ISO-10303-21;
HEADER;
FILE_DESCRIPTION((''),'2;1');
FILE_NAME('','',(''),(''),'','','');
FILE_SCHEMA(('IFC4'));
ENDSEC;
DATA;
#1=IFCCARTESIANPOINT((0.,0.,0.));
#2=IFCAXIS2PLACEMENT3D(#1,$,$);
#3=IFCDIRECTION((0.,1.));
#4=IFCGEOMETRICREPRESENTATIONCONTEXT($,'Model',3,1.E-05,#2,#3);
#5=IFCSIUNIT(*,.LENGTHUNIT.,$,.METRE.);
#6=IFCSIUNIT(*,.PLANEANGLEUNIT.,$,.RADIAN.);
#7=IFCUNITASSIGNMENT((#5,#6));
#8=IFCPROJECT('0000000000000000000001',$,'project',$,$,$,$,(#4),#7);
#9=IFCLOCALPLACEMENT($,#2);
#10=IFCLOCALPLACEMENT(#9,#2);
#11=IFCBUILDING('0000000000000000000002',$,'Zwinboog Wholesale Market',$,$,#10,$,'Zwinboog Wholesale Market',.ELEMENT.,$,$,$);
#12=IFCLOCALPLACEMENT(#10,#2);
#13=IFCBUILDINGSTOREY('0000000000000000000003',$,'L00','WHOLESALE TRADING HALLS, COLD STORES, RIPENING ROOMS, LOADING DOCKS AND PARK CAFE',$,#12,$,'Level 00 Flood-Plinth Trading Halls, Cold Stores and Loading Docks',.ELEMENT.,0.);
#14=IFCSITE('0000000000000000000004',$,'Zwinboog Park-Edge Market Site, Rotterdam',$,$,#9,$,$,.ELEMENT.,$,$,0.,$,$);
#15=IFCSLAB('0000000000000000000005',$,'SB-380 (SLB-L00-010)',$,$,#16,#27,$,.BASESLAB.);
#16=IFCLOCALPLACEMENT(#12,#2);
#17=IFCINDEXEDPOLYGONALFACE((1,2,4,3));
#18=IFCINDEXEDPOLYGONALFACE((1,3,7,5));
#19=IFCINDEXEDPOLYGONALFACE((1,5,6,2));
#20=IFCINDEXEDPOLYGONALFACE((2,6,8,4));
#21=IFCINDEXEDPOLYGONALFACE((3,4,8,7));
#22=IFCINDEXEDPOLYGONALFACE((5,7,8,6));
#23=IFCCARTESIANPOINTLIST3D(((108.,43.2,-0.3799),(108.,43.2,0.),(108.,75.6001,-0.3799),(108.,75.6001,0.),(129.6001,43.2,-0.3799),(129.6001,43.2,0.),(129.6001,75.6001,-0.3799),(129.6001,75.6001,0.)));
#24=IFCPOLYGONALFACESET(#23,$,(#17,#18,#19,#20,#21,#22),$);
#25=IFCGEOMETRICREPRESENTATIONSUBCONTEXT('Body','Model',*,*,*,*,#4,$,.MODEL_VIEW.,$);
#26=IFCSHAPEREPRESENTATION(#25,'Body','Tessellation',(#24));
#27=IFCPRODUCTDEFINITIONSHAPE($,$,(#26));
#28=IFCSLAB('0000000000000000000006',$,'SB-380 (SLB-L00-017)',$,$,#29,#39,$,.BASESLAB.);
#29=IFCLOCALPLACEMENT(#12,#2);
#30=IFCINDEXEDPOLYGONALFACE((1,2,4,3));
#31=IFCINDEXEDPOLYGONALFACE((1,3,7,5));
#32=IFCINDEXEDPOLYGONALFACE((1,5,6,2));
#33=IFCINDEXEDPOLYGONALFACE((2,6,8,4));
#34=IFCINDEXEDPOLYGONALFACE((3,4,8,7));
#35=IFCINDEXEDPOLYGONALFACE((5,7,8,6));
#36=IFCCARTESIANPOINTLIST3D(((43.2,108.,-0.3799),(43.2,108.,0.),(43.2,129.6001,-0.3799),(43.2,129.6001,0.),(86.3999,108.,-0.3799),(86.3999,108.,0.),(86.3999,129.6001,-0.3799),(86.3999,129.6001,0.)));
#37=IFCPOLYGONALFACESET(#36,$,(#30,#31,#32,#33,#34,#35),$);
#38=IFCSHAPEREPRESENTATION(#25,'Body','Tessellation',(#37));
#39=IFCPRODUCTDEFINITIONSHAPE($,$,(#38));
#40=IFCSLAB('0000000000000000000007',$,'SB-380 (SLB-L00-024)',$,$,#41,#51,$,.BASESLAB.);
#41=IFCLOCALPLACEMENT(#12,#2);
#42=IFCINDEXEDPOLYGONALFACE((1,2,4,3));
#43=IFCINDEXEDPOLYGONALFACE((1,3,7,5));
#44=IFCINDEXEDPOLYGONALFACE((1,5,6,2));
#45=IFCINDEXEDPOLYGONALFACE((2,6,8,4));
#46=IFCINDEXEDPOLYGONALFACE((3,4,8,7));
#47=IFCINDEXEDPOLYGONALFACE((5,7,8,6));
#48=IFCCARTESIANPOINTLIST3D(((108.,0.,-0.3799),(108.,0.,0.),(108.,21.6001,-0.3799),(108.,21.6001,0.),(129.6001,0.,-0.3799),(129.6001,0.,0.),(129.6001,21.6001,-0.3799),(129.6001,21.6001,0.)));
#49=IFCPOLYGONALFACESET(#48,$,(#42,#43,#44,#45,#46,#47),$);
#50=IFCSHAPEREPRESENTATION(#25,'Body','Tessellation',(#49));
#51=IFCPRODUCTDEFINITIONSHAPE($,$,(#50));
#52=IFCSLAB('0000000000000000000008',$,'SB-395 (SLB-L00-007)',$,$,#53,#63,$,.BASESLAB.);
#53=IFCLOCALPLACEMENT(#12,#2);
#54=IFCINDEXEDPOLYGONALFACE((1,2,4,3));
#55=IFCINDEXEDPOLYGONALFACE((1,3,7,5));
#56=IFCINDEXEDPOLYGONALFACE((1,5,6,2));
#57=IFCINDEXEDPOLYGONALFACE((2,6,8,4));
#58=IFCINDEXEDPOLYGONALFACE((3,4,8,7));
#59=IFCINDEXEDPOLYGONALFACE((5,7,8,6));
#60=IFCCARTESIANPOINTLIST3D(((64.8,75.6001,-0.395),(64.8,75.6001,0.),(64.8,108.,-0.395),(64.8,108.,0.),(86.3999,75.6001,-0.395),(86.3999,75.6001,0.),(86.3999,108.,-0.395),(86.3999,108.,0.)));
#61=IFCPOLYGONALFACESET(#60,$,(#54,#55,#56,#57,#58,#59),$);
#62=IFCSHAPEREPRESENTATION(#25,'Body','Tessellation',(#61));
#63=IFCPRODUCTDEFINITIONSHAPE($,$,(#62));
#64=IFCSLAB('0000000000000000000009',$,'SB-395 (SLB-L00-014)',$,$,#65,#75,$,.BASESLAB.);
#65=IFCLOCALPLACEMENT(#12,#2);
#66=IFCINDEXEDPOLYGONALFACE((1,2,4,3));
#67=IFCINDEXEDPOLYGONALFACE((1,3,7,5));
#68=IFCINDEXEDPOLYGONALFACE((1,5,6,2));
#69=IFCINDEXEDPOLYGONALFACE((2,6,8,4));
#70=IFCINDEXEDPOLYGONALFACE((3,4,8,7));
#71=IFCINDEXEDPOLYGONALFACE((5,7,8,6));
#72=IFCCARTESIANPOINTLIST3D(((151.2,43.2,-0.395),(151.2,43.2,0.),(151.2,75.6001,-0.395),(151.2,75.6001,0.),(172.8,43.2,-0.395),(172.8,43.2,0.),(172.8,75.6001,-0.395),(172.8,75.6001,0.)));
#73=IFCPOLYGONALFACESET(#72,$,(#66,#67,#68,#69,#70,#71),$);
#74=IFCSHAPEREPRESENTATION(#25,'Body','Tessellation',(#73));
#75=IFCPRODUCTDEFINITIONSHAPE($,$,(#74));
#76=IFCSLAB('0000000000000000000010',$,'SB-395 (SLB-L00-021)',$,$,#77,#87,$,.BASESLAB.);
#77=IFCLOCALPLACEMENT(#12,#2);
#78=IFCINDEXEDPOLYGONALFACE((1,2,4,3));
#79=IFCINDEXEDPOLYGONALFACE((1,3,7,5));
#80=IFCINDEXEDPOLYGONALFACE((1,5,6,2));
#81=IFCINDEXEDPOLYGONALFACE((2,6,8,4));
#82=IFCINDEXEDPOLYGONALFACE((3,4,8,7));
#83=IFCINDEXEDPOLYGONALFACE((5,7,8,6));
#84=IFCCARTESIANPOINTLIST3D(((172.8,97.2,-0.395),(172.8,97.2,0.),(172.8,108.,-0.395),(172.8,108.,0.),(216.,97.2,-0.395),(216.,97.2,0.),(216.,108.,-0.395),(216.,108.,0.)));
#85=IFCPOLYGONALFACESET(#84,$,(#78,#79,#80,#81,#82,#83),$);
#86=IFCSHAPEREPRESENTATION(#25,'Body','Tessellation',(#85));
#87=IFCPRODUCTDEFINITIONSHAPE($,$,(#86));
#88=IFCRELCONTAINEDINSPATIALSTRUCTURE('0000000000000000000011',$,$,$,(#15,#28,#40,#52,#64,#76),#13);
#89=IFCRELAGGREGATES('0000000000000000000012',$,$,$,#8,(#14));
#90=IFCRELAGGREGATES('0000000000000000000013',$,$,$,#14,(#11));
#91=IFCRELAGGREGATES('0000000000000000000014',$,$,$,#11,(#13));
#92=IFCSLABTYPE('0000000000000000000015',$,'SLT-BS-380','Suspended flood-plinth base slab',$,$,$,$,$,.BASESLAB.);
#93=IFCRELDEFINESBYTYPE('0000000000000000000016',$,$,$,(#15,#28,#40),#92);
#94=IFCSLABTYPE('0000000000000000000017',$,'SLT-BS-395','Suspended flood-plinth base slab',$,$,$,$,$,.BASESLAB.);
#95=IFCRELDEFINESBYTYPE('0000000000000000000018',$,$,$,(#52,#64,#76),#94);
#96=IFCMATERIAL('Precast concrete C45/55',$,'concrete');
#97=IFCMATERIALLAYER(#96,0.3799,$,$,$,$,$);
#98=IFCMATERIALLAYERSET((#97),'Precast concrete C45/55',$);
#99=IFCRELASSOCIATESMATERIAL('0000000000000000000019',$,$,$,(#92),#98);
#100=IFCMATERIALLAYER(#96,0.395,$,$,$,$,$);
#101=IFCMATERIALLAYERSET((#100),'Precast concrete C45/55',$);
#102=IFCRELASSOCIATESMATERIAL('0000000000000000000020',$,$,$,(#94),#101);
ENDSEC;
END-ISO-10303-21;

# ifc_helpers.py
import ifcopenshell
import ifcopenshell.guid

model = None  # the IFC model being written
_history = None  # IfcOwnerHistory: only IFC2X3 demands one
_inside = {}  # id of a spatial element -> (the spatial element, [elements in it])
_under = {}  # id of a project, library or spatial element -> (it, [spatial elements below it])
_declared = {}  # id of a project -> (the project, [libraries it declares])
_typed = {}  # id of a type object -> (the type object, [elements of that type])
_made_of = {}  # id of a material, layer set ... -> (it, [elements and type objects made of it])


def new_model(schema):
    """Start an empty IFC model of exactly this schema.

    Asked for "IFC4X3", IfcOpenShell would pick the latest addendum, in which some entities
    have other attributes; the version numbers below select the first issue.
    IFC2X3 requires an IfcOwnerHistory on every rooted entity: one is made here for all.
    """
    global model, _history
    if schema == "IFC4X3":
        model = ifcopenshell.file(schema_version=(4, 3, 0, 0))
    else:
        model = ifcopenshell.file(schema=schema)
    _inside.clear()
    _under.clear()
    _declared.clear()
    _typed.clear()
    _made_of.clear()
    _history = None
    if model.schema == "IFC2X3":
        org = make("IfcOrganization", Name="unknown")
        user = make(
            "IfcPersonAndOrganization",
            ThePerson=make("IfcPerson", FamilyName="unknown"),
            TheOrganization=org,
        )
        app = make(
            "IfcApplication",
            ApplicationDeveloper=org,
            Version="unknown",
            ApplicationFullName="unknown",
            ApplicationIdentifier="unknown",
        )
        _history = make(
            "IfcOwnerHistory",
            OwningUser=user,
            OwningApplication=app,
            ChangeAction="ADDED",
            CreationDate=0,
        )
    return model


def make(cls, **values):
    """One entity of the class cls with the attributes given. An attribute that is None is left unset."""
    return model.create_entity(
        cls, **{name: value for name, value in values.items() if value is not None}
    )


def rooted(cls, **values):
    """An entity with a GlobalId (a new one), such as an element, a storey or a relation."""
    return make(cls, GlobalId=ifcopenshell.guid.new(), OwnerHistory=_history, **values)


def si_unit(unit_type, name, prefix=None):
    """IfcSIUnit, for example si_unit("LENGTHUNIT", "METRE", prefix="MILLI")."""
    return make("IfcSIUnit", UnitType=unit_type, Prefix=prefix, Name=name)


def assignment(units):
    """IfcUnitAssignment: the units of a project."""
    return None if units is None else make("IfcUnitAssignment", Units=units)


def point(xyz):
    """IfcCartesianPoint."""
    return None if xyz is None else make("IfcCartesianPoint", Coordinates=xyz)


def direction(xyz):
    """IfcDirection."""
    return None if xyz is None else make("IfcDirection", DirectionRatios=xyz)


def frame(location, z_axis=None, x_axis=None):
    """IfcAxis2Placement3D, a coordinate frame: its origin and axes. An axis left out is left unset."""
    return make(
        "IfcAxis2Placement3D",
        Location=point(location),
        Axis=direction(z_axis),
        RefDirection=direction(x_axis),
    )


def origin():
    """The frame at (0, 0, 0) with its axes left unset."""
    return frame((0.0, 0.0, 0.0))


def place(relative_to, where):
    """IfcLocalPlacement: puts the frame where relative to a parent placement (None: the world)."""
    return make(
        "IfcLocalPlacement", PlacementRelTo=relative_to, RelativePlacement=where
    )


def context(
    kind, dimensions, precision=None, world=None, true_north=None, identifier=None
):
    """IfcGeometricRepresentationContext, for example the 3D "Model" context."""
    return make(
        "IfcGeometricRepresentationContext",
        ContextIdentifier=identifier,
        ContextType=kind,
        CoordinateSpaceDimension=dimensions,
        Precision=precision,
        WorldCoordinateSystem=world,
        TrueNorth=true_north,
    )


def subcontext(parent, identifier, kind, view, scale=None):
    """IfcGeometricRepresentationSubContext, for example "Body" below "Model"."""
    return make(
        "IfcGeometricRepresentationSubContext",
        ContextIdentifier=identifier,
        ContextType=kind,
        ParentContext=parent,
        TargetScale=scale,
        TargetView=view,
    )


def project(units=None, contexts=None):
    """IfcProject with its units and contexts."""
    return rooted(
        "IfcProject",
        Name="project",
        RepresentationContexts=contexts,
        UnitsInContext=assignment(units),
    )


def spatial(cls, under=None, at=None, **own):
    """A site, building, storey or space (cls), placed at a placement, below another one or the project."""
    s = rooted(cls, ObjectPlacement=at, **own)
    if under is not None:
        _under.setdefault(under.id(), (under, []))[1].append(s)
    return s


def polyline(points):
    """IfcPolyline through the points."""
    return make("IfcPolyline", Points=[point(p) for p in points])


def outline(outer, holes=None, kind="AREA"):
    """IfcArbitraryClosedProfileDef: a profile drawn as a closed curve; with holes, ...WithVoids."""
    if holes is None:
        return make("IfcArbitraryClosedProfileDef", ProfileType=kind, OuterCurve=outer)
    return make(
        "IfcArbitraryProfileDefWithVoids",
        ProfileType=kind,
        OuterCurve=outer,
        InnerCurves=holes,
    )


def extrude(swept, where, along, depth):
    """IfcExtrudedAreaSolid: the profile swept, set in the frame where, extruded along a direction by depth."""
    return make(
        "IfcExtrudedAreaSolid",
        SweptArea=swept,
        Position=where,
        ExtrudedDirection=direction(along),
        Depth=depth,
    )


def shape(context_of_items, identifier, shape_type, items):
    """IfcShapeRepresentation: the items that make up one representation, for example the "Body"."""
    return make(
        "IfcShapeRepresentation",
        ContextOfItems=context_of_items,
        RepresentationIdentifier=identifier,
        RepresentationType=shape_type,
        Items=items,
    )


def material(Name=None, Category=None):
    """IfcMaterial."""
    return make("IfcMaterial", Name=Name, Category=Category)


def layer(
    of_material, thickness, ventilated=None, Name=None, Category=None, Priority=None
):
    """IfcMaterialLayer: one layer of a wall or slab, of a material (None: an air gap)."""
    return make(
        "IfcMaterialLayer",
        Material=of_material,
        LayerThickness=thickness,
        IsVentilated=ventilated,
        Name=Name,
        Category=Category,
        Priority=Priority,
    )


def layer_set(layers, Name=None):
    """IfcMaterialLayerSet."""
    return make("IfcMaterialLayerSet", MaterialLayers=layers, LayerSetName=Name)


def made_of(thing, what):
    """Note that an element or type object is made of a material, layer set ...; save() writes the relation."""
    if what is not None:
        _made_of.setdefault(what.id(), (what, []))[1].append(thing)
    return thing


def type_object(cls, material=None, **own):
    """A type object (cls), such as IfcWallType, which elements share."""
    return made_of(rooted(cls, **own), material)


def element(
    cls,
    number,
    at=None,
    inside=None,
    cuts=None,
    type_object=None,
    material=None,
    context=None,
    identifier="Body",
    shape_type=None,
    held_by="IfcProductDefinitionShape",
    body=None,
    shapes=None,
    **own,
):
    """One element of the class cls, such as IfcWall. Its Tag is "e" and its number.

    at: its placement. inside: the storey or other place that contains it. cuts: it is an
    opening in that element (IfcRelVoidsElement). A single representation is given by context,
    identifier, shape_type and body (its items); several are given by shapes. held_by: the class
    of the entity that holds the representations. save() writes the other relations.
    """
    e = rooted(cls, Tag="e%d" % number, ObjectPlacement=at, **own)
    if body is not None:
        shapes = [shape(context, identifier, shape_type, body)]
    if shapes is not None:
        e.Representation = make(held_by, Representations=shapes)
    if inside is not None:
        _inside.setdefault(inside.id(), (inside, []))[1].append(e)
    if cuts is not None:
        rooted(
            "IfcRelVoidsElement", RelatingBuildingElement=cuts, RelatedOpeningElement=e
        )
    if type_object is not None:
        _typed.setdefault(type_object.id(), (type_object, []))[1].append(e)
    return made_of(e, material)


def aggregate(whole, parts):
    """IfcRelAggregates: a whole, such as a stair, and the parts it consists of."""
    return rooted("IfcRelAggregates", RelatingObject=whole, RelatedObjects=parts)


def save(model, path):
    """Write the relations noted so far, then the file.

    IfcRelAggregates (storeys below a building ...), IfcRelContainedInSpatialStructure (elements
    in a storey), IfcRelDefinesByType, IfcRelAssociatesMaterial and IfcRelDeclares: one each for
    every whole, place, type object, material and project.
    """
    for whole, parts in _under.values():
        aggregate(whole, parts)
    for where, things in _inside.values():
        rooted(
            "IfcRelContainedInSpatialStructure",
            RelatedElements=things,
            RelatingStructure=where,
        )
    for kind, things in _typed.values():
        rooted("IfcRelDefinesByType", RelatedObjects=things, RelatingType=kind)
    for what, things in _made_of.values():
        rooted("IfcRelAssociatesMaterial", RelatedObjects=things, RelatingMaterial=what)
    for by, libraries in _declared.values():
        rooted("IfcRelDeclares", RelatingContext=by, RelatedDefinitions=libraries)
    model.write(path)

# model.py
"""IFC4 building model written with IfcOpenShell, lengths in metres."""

from ifc_helpers import new_model, si_unit, direction, frame, origin, place, context, subcontext, project, spatial, polyline, outline, extrude, material, layer, layer_set, type_object, element, save


model = new_model("IFC4")

# Units and contexts
model_context = context("Model", 3, precision=1e-05, world=origin(), true_north=direction((0.0, 1.0)))
body_context = subcontext(model_context, "Body", "Model", "MODEL_VIEW")
ifc_project = project(units=[si_unit("LENGTHUNIT", "METRE"), si_unit("PLANEANGLEUNIT", "RADIAN")], contexts=[model_context])

# Site, building, storey
site_placement = place(None, origin())
site = spatial("IfcSite", under=ifc_project, at=site_placement, Name="Zwinboog Park-Edge Market Site, Rotterdam", CompositionType="ELEMENT", RefElevation=0.0)
building_placement = place(site_placement, origin())
building = spatial("IfcBuilding", under=site, at=building_placement, Name="Zwinboog Wholesale Market", LongName="Zwinboog Wholesale Market", CompositionType="ELEMENT")
storey_placement = place(building_placement, origin())
storey = spatial("IfcBuildingStorey", under=building, at=storey_placement, Name="L00", Description="WHOLESALE TRADING HALLS, COLD STORES, RIPENING ROOMS, LOADING DOCKS AND PARK CAFE", LongName="Level 00 Flood-Plinth Trading Halls, Cold Stores and Loading Docks", CompositionType="ELEMENT", Elevation=0.0)

# Shared definitions
ifc_material = material(Name="Precast concrete C45/55", Category="concrete")

# Slabs
ifc_layer_1 = layer(ifc_material, 0.3799)
ifc_layer_set_1 = layer_set([ifc_layer_1], Name="Precast concrete C45/55")
slab_type_1 = type_object("IfcSlabType", Name="SLT-BS-380", Description="Suspended flood-plinth base slab", PredefinedType="BASESLAB", material=ifc_layer_set_1)
slab_1_placement = place(storey_placement, frame((0.0, 0.0, -0.3799)))
element("IfcSlab", 1, at=slab_1_placement, inside=storey, type_object=slab_type_1, Name="SB-380 (SLB-L00-010)", PredefinedType="BASESLAB", context=body_context, shape_type="SweptSolid", body=[
    extrude(outline(polyline([(108.0, 43.2), (129.6001, 43.2), (129.6001, 75.6001), (108.0, 75.6001), (108.0, 43.2)])), origin(), (0.0, 0.0, 1.0), 0.3799),
])
slab_2_placement = place(storey_placement, frame((0.0, 0.0, -0.3799)))
element("IfcSlab", 2, at=slab_2_placement, inside=storey, type_object=slab_type_1, Name="SB-380 (SLB-L00-017)", PredefinedType="BASESLAB", context=body_context, shape_type="SweptSolid", body=[
    extrude(outline(polyline([(43.2, 108.0), (86.3999, 108.0), (86.3999, 129.6001), (43.2, 129.6001), (43.2, 108.0)])), origin(), (0.0, 0.0, 1.0), 0.3799),
])
slab_3_placement = place(storey_placement, frame((0.0, 0.0, -0.3799)))
element("IfcSlab", 3, at=slab_3_placement, inside=storey, type_object=slab_type_1, Name="SB-380 (SLB-L00-024)", PredefinedType="BASESLAB", context=body_context, shape_type="SweptSolid", body=[
    extrude(outline(polyline([(108.0, 0.0), (129.6001, 0.0), (129.6001, 21.6001), (108.0, 21.6001), (108.0, 0.0)])), origin(), (0.0, 0.0, 1.0), 0.3799),
])
ifc_layer_2 = layer(ifc_material, 0.395)
ifc_layer_set_2 = layer_set([ifc_layer_2], Name="Precast concrete C45/55")
slab_type_2 = type_object("IfcSlabType", Name="SLT-BS-395", Description="Suspended flood-plinth base slab", PredefinedType="BASESLAB", material=ifc_layer_set_2)
slab_4_placement = place(storey_placement, frame((0.0, 0.0, -0.395)))
element("IfcSlab", 4, at=slab_4_placement, inside=storey, type_object=slab_type_2, Name="SB-395 (SLB-L00-007)", PredefinedType="BASESLAB", context=body_context, shape_type="SweptSolid", body=[
    extrude(outline(polyline([(64.8, 75.6001), (86.3999, 75.6001), (86.3999, 108.0), (64.8, 108.0), (64.8, 75.6001)])), origin(), (0.0, 0.0, 1.0), 0.395),
])
slab_5_placement = place(storey_placement, frame((0.0, 0.0, -0.395)))
element("IfcSlab", 5, at=slab_5_placement, inside=storey, type_object=slab_type_2, Name="SB-395 (SLB-L00-014)", PredefinedType="BASESLAB", context=body_context, shape_type="SweptSolid", body=[
    extrude(outline(polyline([(151.2, 43.2), (172.8, 43.2), (172.8, 75.6001), (151.2, 75.6001), (151.2, 43.2)])), origin(), (0.0, 0.0, 1.0), 0.395),
])
slab_6_placement = place(storey_placement, frame((0.0, 0.0, -0.395)))
element("IfcSlab", 6, at=slab_6_placement, inside=storey, type_object=slab_type_2, Name="SB-395 (SLB-L00-021)", PredefinedType="BASESLAB", context=body_context, shape_type="SweptSolid", body=[
    extrude(outline(polyline([(172.8, 97.2), (216.0, 97.2), (216.0, 108.0), (172.8, 108.0), (172.8, 97.2)])), origin(), (0.0, 0.0, 1.0), 0.395),
])

save(model, "model.ifc")
